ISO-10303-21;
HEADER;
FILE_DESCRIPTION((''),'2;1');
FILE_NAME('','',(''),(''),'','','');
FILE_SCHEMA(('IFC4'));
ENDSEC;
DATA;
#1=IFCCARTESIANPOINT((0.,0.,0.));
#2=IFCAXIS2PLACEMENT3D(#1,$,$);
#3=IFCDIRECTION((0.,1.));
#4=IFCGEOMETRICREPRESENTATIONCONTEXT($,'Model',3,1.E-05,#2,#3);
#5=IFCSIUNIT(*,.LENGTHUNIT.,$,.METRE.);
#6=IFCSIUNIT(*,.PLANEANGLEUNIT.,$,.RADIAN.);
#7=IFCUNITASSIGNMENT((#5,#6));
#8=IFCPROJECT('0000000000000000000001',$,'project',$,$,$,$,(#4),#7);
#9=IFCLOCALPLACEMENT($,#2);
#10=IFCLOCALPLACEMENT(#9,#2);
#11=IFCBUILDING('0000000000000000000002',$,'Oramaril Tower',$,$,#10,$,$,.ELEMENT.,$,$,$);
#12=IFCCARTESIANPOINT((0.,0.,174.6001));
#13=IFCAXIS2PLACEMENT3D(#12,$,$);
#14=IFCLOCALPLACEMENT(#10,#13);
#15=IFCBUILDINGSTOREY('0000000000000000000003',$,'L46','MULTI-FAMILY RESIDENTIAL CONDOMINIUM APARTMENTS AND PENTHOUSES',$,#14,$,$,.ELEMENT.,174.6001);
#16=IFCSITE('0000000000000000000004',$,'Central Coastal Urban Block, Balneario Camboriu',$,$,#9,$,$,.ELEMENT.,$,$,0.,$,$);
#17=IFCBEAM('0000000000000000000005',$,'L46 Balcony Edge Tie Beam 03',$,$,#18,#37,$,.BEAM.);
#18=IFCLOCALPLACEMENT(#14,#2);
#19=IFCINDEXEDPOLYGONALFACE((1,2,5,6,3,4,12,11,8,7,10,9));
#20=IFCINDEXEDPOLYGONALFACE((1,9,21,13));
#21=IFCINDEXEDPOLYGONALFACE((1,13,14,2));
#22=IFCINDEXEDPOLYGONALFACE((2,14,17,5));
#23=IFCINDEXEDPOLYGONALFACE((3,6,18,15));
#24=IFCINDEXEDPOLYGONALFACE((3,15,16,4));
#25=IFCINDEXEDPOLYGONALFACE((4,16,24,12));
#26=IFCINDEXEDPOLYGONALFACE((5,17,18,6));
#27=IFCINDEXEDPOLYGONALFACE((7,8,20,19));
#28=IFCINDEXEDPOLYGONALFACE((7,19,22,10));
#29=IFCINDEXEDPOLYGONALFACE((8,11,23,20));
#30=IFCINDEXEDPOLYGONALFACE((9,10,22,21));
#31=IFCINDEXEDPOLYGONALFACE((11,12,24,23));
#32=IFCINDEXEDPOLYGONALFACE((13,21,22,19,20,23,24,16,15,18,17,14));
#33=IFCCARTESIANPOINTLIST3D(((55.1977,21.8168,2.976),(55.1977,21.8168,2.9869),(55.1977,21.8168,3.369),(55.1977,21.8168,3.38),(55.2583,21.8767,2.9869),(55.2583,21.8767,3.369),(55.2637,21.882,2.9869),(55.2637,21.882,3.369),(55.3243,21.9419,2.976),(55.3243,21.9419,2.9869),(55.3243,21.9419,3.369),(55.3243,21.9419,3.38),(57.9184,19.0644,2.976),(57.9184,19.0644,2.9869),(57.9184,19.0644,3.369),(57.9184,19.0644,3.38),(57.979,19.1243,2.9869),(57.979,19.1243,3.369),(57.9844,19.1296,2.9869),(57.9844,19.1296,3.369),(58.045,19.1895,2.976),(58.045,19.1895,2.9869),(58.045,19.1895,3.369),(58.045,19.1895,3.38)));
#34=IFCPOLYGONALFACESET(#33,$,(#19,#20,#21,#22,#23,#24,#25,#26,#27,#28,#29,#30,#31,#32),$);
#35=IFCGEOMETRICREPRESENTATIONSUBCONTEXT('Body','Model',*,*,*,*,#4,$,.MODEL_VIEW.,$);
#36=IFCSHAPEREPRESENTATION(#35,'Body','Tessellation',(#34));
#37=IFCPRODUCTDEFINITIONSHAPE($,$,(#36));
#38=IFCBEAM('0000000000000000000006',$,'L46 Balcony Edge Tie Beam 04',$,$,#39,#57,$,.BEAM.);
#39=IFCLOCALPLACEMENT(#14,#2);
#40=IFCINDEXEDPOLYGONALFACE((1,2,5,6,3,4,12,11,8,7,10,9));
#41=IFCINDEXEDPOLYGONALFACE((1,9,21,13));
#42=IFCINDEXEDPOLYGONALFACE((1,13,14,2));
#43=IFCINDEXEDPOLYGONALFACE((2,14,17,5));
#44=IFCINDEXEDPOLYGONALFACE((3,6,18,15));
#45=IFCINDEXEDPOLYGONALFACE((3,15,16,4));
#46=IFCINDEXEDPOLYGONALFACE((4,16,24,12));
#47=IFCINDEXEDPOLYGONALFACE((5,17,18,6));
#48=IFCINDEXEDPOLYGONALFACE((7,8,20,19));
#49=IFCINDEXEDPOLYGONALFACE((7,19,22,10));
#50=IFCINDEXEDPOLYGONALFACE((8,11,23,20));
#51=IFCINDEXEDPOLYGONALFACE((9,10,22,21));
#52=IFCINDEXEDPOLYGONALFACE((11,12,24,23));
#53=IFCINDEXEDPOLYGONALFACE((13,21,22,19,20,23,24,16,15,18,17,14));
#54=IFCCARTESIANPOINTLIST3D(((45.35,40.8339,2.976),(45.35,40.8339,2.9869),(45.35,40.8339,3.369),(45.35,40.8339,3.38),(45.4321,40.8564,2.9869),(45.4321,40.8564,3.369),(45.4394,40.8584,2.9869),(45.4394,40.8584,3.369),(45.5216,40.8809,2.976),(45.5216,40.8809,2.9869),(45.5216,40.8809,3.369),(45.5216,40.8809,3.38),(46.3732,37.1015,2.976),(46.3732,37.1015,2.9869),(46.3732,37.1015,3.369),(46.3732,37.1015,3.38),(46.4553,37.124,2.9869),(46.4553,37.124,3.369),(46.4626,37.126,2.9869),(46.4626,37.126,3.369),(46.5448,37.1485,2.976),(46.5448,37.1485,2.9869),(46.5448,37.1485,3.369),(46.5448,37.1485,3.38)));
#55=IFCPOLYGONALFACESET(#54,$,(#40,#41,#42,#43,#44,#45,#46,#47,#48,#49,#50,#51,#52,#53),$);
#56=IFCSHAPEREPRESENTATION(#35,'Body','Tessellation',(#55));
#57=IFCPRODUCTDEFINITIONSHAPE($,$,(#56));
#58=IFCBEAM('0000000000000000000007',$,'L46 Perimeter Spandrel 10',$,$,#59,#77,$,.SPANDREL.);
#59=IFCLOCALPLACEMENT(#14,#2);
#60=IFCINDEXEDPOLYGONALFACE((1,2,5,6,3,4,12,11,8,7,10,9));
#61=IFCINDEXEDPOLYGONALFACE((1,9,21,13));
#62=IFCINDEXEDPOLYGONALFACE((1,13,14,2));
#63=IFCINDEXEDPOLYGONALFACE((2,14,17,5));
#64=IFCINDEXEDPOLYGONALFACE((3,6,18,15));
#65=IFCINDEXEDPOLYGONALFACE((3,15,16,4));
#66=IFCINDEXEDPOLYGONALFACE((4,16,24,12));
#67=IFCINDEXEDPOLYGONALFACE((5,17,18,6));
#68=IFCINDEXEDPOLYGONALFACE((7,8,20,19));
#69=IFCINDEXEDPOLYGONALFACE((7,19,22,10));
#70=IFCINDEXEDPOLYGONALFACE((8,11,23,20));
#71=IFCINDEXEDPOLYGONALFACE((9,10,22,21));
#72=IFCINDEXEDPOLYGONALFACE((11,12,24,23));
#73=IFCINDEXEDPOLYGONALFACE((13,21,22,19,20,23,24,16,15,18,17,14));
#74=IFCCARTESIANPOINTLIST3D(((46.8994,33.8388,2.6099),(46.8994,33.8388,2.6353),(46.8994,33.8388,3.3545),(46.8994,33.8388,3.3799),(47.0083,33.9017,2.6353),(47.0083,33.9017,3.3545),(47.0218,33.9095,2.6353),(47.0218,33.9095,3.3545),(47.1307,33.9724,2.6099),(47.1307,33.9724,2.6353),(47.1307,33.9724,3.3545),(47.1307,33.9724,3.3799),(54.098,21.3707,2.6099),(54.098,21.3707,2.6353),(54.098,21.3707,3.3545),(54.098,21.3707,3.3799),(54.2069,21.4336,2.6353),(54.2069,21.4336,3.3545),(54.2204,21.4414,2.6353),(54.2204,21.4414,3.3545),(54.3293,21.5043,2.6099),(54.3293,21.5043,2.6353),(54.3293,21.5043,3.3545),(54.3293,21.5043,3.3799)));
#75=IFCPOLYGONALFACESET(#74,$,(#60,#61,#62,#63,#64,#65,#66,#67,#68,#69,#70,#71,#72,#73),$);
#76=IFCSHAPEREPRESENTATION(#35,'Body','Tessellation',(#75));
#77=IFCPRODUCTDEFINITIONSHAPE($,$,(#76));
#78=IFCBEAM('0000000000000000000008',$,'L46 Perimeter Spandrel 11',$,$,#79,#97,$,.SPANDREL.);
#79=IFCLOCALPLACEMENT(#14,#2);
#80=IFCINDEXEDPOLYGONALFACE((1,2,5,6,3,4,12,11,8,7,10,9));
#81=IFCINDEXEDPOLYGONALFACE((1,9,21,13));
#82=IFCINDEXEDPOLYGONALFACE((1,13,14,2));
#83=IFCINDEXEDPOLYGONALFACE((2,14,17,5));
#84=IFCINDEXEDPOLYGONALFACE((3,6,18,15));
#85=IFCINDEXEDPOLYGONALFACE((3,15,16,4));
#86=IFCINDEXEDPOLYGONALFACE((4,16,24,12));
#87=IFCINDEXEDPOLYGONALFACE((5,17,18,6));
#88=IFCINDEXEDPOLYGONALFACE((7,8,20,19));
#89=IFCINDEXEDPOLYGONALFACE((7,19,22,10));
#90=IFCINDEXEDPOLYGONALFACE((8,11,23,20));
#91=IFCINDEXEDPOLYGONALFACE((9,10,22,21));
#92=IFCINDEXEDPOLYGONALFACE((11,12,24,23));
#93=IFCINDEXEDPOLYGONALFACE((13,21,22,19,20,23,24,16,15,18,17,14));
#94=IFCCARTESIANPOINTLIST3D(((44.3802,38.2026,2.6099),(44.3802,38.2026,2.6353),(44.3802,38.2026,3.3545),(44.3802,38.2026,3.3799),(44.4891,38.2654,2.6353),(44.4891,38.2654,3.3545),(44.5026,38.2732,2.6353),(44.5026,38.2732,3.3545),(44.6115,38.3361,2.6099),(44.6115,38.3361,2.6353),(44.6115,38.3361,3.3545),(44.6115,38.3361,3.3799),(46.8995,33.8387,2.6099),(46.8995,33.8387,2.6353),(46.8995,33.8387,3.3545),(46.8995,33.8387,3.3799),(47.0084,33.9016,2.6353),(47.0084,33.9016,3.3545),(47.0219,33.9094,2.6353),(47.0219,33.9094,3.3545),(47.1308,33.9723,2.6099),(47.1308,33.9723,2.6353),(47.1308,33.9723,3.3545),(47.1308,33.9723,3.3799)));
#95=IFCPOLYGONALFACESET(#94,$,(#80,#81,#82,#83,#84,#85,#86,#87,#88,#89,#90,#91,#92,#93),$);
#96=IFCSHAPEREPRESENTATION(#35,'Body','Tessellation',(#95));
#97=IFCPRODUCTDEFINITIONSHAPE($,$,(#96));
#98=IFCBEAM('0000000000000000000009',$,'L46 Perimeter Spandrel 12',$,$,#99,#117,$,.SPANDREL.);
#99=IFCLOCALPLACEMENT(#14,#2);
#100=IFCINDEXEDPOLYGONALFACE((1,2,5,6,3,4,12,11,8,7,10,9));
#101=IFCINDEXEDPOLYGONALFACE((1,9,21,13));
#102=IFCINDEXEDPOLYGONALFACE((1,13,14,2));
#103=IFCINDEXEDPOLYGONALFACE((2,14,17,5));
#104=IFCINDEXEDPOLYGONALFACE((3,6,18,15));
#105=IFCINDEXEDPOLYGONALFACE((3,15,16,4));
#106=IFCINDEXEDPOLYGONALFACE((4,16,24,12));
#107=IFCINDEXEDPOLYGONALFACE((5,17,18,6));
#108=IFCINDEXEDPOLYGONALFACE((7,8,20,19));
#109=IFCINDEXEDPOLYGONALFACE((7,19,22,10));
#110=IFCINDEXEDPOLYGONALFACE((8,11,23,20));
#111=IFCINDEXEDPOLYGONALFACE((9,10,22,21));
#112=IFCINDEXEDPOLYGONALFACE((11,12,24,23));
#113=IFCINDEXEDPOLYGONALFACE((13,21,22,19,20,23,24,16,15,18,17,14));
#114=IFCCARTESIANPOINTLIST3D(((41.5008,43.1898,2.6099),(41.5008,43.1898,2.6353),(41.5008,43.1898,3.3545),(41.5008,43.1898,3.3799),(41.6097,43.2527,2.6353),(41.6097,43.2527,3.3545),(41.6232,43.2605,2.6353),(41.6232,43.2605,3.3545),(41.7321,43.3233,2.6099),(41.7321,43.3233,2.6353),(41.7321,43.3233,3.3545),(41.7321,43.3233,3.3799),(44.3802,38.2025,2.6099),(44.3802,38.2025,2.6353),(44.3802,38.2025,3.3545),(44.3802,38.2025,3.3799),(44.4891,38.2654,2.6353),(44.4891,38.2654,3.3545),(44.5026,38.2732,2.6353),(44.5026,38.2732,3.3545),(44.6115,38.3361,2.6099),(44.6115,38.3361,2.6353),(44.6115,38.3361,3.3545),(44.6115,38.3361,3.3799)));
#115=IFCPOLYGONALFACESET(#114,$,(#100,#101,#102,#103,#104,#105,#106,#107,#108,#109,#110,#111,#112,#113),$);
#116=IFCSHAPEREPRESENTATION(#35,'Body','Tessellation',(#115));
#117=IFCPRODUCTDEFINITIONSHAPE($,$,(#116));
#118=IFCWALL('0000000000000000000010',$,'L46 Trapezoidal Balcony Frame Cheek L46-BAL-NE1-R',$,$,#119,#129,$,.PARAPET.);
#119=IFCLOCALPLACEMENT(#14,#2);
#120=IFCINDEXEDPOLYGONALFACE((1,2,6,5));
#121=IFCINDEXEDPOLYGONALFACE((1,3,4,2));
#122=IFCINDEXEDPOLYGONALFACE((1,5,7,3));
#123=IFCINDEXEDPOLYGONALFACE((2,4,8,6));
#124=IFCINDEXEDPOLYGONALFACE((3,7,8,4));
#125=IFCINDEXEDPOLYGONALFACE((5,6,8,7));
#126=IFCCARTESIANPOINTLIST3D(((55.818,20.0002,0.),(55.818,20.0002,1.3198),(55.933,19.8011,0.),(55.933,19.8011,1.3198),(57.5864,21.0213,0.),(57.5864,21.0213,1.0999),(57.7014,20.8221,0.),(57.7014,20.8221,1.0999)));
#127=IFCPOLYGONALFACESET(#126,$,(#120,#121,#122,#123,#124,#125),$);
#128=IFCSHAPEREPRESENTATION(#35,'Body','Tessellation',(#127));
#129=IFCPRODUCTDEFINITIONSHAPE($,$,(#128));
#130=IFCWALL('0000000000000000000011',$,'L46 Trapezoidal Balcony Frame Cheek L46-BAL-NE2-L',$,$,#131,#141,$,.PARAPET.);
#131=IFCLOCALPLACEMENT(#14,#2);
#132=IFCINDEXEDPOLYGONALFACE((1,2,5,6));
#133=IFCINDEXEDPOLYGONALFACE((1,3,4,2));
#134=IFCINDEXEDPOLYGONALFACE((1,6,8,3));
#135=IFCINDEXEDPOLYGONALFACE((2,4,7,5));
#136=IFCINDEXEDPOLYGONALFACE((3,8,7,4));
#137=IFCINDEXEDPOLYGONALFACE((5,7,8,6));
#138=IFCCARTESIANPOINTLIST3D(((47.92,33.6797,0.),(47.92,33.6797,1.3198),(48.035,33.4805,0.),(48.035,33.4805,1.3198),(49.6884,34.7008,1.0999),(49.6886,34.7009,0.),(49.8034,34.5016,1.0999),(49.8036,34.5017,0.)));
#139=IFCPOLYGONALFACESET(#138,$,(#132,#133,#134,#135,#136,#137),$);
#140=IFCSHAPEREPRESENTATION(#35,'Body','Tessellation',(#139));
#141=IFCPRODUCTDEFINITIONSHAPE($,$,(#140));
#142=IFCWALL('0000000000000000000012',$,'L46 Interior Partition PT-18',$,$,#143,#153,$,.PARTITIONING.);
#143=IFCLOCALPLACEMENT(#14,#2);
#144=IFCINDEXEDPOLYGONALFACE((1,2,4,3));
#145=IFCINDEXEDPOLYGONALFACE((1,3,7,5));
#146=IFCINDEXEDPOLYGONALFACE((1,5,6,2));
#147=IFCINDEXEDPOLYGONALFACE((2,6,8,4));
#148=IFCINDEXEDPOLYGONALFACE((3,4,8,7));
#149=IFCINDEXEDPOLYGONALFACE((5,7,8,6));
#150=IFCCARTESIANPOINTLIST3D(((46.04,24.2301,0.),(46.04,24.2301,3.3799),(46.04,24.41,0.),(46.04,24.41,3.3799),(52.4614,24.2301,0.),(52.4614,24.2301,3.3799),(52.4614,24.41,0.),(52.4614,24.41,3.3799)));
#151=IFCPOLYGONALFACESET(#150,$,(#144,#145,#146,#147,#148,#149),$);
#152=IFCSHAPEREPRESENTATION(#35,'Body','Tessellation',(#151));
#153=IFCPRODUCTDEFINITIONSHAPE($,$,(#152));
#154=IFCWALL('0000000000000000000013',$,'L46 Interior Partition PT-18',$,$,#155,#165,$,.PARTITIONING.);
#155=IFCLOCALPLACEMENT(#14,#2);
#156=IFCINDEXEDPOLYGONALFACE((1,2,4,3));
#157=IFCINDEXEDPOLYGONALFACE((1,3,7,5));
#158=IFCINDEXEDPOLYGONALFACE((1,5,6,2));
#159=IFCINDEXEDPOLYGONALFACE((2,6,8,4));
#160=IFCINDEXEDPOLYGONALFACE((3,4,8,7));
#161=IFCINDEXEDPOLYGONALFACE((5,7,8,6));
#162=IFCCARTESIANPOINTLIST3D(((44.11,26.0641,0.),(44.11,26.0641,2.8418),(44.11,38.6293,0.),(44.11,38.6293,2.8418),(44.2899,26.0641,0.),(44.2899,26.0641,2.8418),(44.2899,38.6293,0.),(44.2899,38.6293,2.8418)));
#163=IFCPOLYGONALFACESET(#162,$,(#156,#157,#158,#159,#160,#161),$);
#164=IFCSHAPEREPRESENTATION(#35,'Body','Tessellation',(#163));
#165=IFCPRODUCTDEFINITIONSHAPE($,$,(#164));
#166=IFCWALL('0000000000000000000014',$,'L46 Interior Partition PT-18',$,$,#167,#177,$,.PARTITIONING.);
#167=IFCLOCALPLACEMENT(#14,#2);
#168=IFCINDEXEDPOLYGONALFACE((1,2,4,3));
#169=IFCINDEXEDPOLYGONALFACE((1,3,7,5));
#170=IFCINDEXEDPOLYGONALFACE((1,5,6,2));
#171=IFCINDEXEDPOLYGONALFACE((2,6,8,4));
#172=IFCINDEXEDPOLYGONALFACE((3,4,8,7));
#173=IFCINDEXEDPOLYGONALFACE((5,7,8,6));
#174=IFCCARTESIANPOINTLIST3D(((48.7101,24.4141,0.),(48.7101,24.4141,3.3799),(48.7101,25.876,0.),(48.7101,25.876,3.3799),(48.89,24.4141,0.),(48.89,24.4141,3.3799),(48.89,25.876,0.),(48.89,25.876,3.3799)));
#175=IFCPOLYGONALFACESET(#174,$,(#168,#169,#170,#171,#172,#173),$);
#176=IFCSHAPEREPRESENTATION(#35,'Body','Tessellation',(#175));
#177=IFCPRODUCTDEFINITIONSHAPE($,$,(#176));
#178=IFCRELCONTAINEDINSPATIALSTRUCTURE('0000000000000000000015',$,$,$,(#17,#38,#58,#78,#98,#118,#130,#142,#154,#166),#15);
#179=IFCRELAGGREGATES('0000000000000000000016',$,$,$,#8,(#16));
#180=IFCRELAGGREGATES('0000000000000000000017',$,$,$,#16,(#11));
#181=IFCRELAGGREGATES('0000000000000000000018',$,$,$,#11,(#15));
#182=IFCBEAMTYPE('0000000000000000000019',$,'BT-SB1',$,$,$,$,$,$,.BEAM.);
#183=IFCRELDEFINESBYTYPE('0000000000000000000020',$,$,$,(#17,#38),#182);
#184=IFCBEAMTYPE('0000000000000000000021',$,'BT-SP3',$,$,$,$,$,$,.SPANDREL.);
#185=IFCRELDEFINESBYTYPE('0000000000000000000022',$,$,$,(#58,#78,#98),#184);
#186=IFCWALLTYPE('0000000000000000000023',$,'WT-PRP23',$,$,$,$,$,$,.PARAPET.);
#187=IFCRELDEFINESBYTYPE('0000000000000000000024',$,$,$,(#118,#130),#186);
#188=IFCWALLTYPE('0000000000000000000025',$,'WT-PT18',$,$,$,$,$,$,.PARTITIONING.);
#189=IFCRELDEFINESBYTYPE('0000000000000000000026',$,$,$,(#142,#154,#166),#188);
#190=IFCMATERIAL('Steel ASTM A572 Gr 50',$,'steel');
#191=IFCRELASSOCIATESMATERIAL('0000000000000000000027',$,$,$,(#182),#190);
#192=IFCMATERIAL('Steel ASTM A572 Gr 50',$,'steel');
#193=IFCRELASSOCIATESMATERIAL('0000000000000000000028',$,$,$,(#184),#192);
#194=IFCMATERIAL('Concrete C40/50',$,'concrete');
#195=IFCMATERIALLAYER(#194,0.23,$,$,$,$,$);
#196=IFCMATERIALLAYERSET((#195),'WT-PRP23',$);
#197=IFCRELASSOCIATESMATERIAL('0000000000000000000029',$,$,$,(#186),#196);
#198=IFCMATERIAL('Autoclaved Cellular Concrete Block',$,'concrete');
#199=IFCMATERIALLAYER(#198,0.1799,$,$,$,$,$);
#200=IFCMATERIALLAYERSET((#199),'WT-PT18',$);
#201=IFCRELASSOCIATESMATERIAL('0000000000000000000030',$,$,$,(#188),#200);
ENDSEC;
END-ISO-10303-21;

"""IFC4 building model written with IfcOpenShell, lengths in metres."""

from ifc_helpers import new_model, si_unit, direction, frame, frame_2d, origin, origin_2d, place, context, subcontext, project, spatial, polyline, rectangle, i_section, outline, extrude, material, layer, layer_set, material_profile, profile_set, type_object, element, save


model = new_model("IFC4")

# Units and contexts
model_context = context("Model", 3, precision=1e-05, world=origin(), true_north=direction((0.0, 1.0)))
body_context = subcontext(model_context, "Body", "Model", "MODEL_VIEW")
ifc_project = project(units=[si_unit("LENGTHUNIT", "METRE"), si_unit("PLANEANGLEUNIT", "RADIAN")], contexts=[model_context])

# Site, building, storey
site_placement = place(None, origin())
site = spatial("IfcSite", under=ifc_project, at=site_placement, Name="Central Coastal Urban Block, Balneario Camboriu", CompositionType="ELEMENT", RefElevation=0.0)
building_placement = place(site_placement, origin())
building = spatial("IfcBuilding", under=site, at=building_placement, Name="Oramaril Tower", CompositionType="ELEMENT")
storey_placement = place(building_placement, frame((0.0, 0.0, 174.6001)))
storey = spatial("IfcBuildingStorey", under=building, at=storey_placement, Name="L46", Description="MULTI-FAMILY RESIDENTIAL CONDOMINIUM APARTMENTS AND PENTHOUSES", CompositionType="ELEMENT", Elevation=174.6001)

# Beams
ifc_material_1 = material(Name="Steel ASTM A572 Gr 50", Category="steel")
ifc_material_profile_1 = material_profile(ifc_material_1, i_section(OverallWidth=0.178, OverallDepth=0.4041, WebThickness=0.0076, FlangeThickness=0.011, at=origin_2d()), Name="W16X36")
ifc_profile_set_1 = profile_set([ifc_material_profile_1], Name="Steel ASTM A572 Gr 50")
beam_type_1 = type_object("IfcBeamType", Name="BT-SB1", PredefinedType="BEAM", material=ifc_profile_set_1)
for number, where, z_axis, x_axis, name in (
    (1, (57.9817, 19.127, 3.178), (-0.702995, 0.711195, 0.0), (-0.711195, -0.702995, 0.0), "L46 Balcony Edge Tie Beam 03"),
    (2, (46.459, 37.125, 3.178), (-0.264382, 0.964418, 0.0), (-0.964418, -0.264382, 0.0), "L46 Balcony Edge Tie Beam 04"),
):
    element("IfcBeam", number, at=place(storey_placement, frame(where, z_axis=z_axis, x_axis=x_axis)), inside=storey, type_object=beam_type_1, Name=name, PredefinedType="BEAM", context=body_context, shape_type="SweptSolid", body=[
        extrude(i_section(OverallWidth=0.178, OverallDepth=0.4041, WebThickness=0.0076, FlangeThickness=0.011, at=origin_2d()), origin(), (0.0, 0.0, 1.0), 3.8701),
    ])
ifc_material_2 = material(Name="Steel ASTM A572 Gr 50", Category="steel")
ifc_material_profile_2 = material_profile(ifc_material_2, i_section(OverallWidth=0.2671, OverallDepth=0.77, WebThickness=0.0156, FlangeThickness=0.0254, at=origin_2d()), Name="W30X132")
ifc_profile_set_2 = profile_set([ifc_material_profile_2], Name="Steel ASTM A572 Gr 50")
beam_type_2 = type_object("IfcBeamType", Name="BT-SP3", PredefinedType="SPANDREL", material=ifc_profile_set_2)
beam_1_placement = place(storey_placement, frame((54.2136, 21.4375, 2.9949), z_axis=(-0.500004, 0.866023, 0.0), x_axis=(-0.866023, -0.500004, 0.0)))
element("IfcBeam", 3, at=beam_1_placement, inside=storey, type_object=beam_type_2, Name="L46 Perimeter Spandrel 10", PredefinedType="SPANDREL", context=body_context, shape_type="SweptSolid", body=[
    extrude(i_section(OverallWidth=0.2671, OverallDepth=0.77, WebThickness=0.0156, FlangeThickness=0.0254, at=origin_2d()), origin(), (0.0, 0.0, 1.0), 14.397),
])
beam_2_placement = place(storey_placement, frame((47.0151, 33.9055, 2.9949), z_axis=(-0.49998, 0.866037, 0.0), x_axis=(-0.866037, -0.49998, 0.0)))
element("IfcBeam", 4, at=beam_2_placement, inside=storey, type_object=beam_type_2, Name="L46 Perimeter Spandrel 11", PredefinedType="SPANDREL", context=body_context, shape_type="SweptSolid", body=[
    extrude(i_section(OverallWidth=0.2671, OverallDepth=0.77, WebThickness=0.0156, FlangeThickness=0.0254, at=origin_2d()), origin(), (0.0, 0.0, 1.0), 5.0388),
])
beam_3_placement = place(storey_placement, frame((44.4958, 38.2693, 2.9949), z_axis=(-0.499996, 0.866027, 0.0), x_axis=(-0.866027, -0.499996, 0.0)))
element("IfcBeam", 5, at=beam_3_placement, inside=storey, type_object=beam_type_2, Name="L46 Perimeter Spandrel 12", PredefinedType="SPANDREL", context=body_context, shape_type="SweptSolid", body=[
    extrude(i_section(OverallWidth=0.2671, OverallDepth=0.77, WebThickness=0.0156, FlangeThickness=0.0254, at=origin_2d()), origin(), (0.0, 0.0, 1.0), 5.7588),
])

# Walls
ifc_material_3 = material(Name="Concrete C40/50", Category="concrete")
ifc_layer_1 = layer(ifc_material_3, 0.23)
ifc_layer_set_1 = layer_set([ifc_layer_1], Name="WT-PRP23")
wall_type_1 = type_object("IfcWallType", Name="WT-PRP23", PredefinedType="PARAPET", material=ifc_layer_set_1)
wall_1_placement = place(storey_placement, frame((55.8755, 19.9006, 0.0), z_axis=(0.0, 0.0, 1.0), x_axis=(0.866012, 0.500023, 0.0)))
element("IfcWall", 6, at=wall_1_placement, inside=storey, type_object=wall_type_1, Name="L46 Trapezoidal Balcony Frame Cheek L46-BAL-NE1-R", PredefinedType="PARAPET", context=body_context, shape_type="SweptSolid", body=[
    extrude(outline(polyline([(0.0, 0.0), (2.042, 0.0), (2.042, 1.0999), (0.0, 1.3198), (0.0, 0.0)])), frame((0.0, 0.115, 0.0), z_axis=(0.0, -1.0, 0.0), x_axis=(1.0, 0.0, 0.0)), (0.0, 0.0, 1.0), 0.23),
])
wall_2_placement = place(storey_placement, frame((47.9775, 33.5801, 0.0), z_axis=(0.0, 0.0, 1.0), x_axis=(0.86599, 0.50006, 0.0)))
element("IfcWall", 7, at=wall_2_placement, inside=storey, type_object=wall_type_1, Name="L46 Trapezoidal Balcony Frame Cheek L46-BAL-NE2-L", PredefinedType="PARAPET", context=body_context, shape_type="SweptSolid", body=[
    extrude(outline(polyline([(0.0, 0.0), (2.0422, 0.0), (2.042, 1.0999), (0.0, 1.3198), (0.0, 0.0)])), frame((0.0, 0.115, 0.0), z_axis=(0.0, -1.0, 0.0), x_axis=(1.0, 0.0, 0.0)), (0.0, 0.0, 1.0), 0.23),
])
ifc_material_4 = material(Name="Autoclaved Cellular Concrete Block", Category="concrete")
ifc_layer_2 = layer(ifc_material_4, 0.1799)
ifc_layer_set_2 = layer_set([ifc_layer_2], Name="WT-PT18")
wall_type_2 = type_object("IfcWallType", Name="WT-PT18", PredefinedType="PARTITIONING", material=ifc_layer_set_2)
wall_3_placement = place(storey_placement, frame((46.04, 24.3201, 0.0), z_axis=(0.0, 0.0, 1.0), x_axis=(1.0, 0.0, 0.0)))
element("IfcWall", 8, at=wall_3_placement, inside=storey, type_object=wall_type_2, Name="L46 Interior Partition PT-18", PredefinedType="PARTITIONING", context=body_context, shape_type="SweptSolid", body=[
    extrude(rectangle(XDim=6.4214, YDim=0.1799, at=frame_2d((3.2107, 0.0))), origin(), (0.0, 0.0, 1.0), 3.3799),
])
wall_4_placement = place(storey_placement, frame((44.2, 26.064, 0.0), z_axis=(0.0, 0.0, 1.0), x_axis=(0.0, 1.0, 0.0)))
element("IfcWall", 9, at=wall_4_placement, inside=storey, type_object=wall_type_2, Name="L46 Interior Partition PT-18", PredefinedType="PARTITIONING", context=body_context, shape_type="SweptSolid", body=[
    extrude(rectangle(XDim=12.5652, YDim=0.1799, at=frame_2d((6.2827, 0.0))), origin(), (0.0, 0.0, 1.0), 2.8418),
])
wall_5_placement = place(storey_placement, frame((48.8, 24.4141, 0.0), z_axis=(0.0, 0.0, 1.0), x_axis=(0.0, 1.0, 0.0)))
element("IfcWall", 10, at=wall_5_placement, inside=storey, type_object=wall_type_2, Name="L46 Interior Partition PT-18", PredefinedType="PARTITIONING", context=body_context, shape_type="SweptSolid", body=[
    extrude(rectangle(XDim=1.4619, YDim=0.1799, at=frame_2d((0.731, 0.0))), origin(), (0.0, 0.0, 1.0), 3.3799),
])

save(model, "model.ifc")
